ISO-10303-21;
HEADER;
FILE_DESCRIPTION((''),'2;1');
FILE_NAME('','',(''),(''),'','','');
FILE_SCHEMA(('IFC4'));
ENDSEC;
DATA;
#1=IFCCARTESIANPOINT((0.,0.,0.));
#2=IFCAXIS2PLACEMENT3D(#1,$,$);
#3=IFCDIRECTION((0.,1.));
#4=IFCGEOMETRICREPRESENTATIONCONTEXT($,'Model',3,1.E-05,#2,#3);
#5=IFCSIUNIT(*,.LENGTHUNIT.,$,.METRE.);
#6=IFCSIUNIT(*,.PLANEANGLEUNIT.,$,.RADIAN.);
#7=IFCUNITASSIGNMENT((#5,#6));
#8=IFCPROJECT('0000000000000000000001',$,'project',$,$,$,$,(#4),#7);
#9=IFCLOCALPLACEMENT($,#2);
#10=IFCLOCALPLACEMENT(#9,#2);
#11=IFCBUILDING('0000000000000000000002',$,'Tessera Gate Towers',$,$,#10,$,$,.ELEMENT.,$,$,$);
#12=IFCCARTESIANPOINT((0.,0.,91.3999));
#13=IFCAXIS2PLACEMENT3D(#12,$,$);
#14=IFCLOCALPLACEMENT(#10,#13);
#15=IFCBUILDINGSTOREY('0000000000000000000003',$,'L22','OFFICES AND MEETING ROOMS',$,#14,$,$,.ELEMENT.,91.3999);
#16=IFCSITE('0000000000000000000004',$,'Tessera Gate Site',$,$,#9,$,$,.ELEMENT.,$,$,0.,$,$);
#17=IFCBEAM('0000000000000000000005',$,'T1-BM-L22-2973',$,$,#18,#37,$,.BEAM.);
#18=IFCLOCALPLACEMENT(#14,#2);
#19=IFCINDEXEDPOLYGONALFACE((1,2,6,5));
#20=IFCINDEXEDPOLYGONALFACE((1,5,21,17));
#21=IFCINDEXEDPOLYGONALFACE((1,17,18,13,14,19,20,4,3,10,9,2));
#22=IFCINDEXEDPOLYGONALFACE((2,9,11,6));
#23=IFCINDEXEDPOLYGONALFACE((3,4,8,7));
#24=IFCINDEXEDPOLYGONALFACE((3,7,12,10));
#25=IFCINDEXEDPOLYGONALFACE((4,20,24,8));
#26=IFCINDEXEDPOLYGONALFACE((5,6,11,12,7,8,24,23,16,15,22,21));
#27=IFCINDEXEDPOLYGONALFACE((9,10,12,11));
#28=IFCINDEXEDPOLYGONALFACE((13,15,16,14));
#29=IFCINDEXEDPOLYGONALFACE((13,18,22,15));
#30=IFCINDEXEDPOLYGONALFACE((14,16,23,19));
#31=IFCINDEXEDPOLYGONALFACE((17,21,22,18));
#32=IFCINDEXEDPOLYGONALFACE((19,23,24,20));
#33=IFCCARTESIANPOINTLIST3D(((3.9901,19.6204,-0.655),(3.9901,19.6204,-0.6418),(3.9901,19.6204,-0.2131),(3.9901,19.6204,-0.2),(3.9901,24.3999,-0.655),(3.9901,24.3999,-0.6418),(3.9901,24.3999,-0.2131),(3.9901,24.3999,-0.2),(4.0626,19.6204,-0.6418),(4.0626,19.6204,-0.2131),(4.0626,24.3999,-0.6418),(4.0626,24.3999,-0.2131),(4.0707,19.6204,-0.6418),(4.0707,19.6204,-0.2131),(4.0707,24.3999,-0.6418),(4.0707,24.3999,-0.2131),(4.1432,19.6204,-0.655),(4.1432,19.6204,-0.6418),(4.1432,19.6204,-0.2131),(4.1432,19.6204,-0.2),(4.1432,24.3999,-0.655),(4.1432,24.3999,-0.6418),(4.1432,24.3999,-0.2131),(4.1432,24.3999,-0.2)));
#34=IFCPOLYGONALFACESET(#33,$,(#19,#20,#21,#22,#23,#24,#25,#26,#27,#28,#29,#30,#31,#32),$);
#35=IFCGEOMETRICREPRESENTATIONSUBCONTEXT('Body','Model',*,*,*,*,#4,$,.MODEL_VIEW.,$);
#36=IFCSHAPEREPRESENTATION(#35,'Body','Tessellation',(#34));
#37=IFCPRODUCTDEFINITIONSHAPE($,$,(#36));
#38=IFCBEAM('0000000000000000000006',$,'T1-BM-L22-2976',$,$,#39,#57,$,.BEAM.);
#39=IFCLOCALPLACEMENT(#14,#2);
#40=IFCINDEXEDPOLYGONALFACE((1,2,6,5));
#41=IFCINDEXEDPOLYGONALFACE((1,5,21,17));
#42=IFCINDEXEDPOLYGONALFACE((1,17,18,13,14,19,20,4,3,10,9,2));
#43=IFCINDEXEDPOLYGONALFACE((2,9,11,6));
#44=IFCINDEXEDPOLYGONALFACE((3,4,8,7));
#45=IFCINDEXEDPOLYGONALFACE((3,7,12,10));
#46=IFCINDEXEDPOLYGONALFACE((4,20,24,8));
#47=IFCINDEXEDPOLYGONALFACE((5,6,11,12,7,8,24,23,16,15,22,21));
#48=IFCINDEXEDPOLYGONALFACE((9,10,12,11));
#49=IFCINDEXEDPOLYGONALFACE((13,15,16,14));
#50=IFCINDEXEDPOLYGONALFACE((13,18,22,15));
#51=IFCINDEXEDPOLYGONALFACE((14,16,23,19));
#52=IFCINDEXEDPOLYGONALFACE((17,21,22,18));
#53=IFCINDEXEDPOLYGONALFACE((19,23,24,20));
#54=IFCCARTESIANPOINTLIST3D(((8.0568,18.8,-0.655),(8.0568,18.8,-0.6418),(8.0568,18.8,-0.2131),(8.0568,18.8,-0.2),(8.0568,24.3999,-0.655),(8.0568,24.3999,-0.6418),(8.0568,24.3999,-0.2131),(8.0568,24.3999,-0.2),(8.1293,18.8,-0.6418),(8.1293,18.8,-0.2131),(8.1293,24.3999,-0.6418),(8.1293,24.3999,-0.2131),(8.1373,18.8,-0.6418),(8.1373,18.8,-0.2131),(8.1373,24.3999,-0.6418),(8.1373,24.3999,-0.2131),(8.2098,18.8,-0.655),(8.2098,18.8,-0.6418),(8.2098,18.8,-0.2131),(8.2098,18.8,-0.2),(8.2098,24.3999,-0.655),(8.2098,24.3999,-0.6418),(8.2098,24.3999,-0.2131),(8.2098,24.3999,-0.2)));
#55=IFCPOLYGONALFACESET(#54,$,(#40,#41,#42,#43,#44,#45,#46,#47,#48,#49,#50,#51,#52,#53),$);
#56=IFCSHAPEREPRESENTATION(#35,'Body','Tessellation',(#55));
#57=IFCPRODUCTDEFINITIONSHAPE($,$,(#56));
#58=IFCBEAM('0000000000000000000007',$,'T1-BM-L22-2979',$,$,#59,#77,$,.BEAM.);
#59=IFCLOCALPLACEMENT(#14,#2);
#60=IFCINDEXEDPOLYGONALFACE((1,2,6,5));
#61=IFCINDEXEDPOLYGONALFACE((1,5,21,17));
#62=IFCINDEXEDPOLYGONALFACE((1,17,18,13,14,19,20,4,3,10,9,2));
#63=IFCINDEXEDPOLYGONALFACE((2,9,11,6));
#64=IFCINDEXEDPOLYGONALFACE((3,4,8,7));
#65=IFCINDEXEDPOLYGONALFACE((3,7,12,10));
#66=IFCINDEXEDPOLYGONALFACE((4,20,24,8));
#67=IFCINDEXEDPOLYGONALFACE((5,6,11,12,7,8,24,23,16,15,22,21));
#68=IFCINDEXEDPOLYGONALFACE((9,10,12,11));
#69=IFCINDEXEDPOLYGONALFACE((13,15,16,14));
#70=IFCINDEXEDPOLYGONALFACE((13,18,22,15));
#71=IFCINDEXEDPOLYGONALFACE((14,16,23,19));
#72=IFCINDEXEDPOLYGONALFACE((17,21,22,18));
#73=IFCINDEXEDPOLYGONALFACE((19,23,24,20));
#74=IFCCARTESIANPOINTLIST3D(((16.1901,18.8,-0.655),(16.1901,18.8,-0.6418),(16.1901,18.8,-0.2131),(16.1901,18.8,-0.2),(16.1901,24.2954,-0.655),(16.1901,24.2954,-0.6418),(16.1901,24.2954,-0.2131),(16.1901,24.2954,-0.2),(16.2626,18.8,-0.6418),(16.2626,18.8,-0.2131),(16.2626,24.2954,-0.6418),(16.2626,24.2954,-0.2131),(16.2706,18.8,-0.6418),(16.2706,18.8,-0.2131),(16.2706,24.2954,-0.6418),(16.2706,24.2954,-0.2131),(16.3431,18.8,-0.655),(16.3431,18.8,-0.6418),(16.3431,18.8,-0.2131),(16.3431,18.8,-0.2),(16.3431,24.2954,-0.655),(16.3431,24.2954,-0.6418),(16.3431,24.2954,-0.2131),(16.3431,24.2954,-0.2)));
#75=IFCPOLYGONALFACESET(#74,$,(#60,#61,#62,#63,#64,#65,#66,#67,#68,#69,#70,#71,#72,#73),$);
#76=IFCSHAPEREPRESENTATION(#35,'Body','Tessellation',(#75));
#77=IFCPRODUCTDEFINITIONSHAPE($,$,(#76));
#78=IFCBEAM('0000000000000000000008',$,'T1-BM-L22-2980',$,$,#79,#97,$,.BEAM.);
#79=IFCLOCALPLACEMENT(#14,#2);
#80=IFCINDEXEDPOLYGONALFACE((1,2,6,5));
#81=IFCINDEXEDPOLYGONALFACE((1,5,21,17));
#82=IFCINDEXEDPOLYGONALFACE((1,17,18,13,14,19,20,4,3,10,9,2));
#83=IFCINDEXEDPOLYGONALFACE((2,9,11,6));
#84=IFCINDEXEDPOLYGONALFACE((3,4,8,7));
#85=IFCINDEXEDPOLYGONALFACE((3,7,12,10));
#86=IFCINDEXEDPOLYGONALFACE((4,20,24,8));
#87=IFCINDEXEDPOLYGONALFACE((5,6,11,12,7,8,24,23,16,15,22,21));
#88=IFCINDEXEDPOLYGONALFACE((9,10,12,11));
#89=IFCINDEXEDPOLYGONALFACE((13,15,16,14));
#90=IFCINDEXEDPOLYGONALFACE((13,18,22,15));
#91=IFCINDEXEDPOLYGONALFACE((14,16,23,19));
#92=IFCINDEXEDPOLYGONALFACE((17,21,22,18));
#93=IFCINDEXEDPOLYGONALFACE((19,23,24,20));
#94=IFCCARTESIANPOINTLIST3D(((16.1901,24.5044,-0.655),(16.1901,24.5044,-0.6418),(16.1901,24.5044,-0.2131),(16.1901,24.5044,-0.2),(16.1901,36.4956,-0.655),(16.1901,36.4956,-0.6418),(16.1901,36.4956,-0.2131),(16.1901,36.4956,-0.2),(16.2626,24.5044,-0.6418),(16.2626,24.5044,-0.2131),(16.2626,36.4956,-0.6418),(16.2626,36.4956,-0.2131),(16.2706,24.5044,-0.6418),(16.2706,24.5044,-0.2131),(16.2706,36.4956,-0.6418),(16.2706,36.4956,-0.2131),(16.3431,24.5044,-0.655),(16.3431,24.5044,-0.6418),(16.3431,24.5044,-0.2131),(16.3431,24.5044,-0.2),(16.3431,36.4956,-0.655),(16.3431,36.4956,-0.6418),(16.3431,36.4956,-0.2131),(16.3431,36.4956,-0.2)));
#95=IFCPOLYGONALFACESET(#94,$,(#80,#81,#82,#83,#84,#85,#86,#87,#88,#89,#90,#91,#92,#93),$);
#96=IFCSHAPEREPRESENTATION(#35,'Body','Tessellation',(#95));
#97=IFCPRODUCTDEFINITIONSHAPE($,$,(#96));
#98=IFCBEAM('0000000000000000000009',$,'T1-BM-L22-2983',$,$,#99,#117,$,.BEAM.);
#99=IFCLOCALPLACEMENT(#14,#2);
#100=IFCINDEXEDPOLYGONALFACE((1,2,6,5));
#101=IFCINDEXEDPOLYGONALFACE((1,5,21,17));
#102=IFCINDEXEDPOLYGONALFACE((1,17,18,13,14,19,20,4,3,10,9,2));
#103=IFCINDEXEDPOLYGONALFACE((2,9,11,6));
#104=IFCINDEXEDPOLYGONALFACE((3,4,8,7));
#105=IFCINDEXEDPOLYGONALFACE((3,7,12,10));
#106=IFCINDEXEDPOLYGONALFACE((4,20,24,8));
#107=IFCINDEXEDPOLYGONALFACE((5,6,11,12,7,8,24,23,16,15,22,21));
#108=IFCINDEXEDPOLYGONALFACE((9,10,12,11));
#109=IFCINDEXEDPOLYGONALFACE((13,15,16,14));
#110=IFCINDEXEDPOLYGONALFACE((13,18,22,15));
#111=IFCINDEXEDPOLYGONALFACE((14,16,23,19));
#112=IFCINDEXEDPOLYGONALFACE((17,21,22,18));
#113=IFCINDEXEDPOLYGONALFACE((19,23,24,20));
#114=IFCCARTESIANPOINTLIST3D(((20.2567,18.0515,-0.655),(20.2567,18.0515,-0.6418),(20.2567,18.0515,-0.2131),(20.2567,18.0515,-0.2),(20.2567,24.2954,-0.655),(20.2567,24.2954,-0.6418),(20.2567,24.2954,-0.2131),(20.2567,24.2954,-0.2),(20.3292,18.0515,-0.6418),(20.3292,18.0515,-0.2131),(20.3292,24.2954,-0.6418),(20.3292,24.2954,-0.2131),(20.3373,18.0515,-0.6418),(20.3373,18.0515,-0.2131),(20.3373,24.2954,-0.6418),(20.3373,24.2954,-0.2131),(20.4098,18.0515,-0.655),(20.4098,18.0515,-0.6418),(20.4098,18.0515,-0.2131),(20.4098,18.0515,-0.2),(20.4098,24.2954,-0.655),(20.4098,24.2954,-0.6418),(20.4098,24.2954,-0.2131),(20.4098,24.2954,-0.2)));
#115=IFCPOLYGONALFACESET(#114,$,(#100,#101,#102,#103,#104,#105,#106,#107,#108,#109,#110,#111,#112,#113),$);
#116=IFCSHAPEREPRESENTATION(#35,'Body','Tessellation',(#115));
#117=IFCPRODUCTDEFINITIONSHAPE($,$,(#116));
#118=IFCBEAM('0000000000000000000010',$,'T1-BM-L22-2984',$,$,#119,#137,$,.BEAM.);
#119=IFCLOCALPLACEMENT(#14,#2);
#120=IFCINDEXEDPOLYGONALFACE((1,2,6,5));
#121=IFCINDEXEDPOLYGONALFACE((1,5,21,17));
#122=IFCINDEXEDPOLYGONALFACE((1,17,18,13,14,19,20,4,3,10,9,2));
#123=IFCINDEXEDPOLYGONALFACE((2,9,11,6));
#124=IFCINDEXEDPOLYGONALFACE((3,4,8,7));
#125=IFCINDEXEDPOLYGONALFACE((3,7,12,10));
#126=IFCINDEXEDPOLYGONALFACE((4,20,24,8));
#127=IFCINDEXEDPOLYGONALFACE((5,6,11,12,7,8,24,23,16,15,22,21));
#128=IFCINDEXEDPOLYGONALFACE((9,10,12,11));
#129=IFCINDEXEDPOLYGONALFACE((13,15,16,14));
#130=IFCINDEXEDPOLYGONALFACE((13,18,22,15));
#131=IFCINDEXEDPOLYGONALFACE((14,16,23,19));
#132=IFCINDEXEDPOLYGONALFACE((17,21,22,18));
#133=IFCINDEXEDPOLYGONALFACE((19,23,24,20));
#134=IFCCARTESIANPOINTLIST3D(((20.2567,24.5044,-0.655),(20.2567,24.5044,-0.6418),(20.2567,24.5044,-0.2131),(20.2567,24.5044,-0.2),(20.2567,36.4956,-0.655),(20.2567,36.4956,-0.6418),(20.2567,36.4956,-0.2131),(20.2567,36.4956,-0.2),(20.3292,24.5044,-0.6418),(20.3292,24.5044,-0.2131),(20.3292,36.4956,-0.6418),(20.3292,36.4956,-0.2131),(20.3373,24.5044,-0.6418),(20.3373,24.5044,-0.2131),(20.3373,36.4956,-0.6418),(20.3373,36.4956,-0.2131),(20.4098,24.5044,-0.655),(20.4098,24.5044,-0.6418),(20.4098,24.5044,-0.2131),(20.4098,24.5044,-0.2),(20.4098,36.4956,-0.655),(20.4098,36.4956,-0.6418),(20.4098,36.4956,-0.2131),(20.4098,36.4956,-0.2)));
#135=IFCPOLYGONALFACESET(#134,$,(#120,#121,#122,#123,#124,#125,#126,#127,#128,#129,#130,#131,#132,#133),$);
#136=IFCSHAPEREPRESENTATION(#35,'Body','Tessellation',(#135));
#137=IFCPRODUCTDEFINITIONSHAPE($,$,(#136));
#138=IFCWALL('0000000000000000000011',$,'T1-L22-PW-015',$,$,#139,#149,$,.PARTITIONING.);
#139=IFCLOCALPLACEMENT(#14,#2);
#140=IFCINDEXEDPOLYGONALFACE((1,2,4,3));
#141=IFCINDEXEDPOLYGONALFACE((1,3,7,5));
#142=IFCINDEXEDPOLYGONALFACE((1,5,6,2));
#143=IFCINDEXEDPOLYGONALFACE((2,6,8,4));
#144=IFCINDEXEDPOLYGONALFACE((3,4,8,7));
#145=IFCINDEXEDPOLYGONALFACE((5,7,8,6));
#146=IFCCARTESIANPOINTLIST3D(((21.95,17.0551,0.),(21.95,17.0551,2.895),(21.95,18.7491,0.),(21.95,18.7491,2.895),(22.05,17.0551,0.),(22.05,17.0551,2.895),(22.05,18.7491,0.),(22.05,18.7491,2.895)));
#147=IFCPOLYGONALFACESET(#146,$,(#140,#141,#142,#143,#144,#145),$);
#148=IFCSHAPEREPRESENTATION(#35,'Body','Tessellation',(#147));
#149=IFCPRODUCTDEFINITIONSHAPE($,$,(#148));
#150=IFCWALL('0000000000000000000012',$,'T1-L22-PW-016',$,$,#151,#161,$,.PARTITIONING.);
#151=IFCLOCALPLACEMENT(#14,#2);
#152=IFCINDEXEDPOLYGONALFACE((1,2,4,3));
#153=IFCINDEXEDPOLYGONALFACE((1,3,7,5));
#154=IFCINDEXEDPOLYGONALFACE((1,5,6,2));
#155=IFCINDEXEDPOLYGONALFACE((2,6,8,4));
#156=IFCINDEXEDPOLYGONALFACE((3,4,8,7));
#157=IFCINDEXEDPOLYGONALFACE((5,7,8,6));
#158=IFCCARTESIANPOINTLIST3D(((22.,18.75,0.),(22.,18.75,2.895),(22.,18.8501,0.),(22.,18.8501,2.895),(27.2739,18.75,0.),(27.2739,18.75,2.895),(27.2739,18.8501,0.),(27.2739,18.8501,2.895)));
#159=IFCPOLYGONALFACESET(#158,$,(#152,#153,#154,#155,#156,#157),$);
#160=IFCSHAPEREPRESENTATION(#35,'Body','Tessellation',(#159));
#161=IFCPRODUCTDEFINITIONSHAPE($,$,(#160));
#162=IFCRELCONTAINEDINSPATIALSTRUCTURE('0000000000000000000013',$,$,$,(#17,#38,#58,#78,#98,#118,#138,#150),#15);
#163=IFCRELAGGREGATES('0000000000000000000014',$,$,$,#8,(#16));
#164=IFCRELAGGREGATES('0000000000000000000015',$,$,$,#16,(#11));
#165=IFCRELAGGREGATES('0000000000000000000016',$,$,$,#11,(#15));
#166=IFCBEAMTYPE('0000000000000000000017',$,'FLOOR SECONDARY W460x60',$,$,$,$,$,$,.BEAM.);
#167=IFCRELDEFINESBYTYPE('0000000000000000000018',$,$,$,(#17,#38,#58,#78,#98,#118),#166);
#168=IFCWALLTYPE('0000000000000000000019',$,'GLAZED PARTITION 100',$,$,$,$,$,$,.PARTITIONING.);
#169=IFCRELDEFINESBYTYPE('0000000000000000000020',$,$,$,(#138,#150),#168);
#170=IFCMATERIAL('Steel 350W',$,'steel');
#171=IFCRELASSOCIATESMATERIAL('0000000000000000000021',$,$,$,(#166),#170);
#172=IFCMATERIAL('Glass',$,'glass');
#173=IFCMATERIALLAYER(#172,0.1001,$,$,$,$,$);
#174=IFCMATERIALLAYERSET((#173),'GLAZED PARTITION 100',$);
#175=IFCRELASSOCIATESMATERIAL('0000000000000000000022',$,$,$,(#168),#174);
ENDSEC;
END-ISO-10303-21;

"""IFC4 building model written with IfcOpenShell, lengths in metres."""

from ifc_helpers import new_model, si_unit, direction, frame, frame_2d, origin, origin_2d, place, context, subcontext, project, spatial, rectangle, i_section, extrude, material, layer, layer_set, material_profile, profile_set, type_object, element, save


model = new_model("IFC4")

# Units and contexts
model_context = context("Model", 3, precision=1e-05, world=origin(), true_north=direction((0.0, 1.0)))
body_context = subcontext(model_context, "Body", "Model", "MODEL_VIEW")
ifc_project = project(units=[si_unit("LENGTHUNIT", "METRE"), si_unit("PLANEANGLEUNIT", "RADIAN")], contexts=[model_context])

# Site, building, storey
site_placement = place(None, origin())
site = spatial("IfcSite", under=ifc_project, at=site_placement, Name="Tessera Gate Site", CompositionType="ELEMENT", RefElevation=0.0)
building_placement = place(site_placement, origin())
building = spatial("IfcBuilding", under=site, at=building_placement, Name="Tessera Gate Towers", CompositionType="ELEMENT")
storey_placement = place(building_placement, frame((0.0, 0.0, 91.3999)))
storey = spatial("IfcBuildingStorey", under=building, at=storey_placement, Name="L22", Description="OFFICES AND MEETING ROOMS", CompositionType="ELEMENT", Elevation=91.3999)

# Beams
ifc_material_1 = material(Name="Steel 350W", Category="steel")
ifc_material_profile_1 = material_profile(ifc_material_1, i_section(OverallWidth=0.1531, OverallDepth=0.4551, WebThickness=0.0081, FlangeThickness=0.0132, at=origin_2d()), Name="W460x60")
ifc_profile_set_1 = profile_set([ifc_material_profile_1], Name="Steel 350W")
beam_type_1 = type_object("IfcBeamType", Name="FLOOR SECONDARY W460x60", PredefinedType="BEAM", material=ifc_profile_set_1)
beam_1_placement = place(storey_placement, frame((4.0667, 19.6204, -0.4275), z_axis=(0.0, 1.0, 0.0), x_axis=(-1.0, 0.0, 0.0)))
element("IfcBeam", 1, at=beam_1_placement, inside=storey, type_object=beam_type_1, Name="T1-BM-L22-2973", PredefinedType="BEAM", context=body_context, shape_type="SweptSolid", body=[
    extrude(i_section(OverallWidth=0.1531, OverallDepth=0.4551, WebThickness=0.0081, FlangeThickness=0.0132, at=origin_2d()), origin(), (0.0, 0.0, 1.0), 4.7795),
])
beam_2_placement = place(storey_placement, frame((8.1333, 18.8, -0.4275), z_axis=(0.0, 1.0, 0.0), x_axis=(-1.0, 0.0, 0.0)))
element("IfcBeam", 2, at=beam_2_placement, inside=storey, type_object=beam_type_1, Name="T1-BM-L22-2976", PredefinedType="BEAM", context=body_context, shape_type="SweptSolid", body=[
    extrude(i_section(OverallWidth=0.1531, OverallDepth=0.4551, WebThickness=0.0081, FlangeThickness=0.0132, at=origin_2d()), origin(), (0.0, 0.0, 1.0), 5.5999),
])
beam_3_placement = place(storey_placement, frame((16.2666, 18.8, -0.4275), z_axis=(0.0, 1.0, 0.0), x_axis=(-1.0, 0.0, 0.0)))
element("IfcBeam", 3, at=beam_3_placement, inside=storey, type_object=beam_type_1, Name="T1-BM-L22-2979", PredefinedType="BEAM", context=body_context, shape_type="SweptSolid", body=[
    extrude(i_section(OverallWidth=0.1531, OverallDepth=0.4551, WebThickness=0.0081, FlangeThickness=0.0132, at=origin_2d()), origin(), (0.0, 0.0, 1.0), 5.4954),
])
beam_4_placement = place(storey_placement, frame((16.2666, 24.5044, -0.4275), z_axis=(0.0, 1.0, 0.0), x_axis=(-1.0, 0.0, 0.0)))
element("IfcBeam", 4, at=beam_4_placement, inside=storey, type_object=beam_type_1, Name="T1-BM-L22-2980", PredefinedType="BEAM", context=body_context, shape_type="SweptSolid", body=[
    extrude(i_section(OverallWidth=0.1531, OverallDepth=0.4551, WebThickness=0.0081, FlangeThickness=0.0132, at=origin_2d()), origin(), (0.0, 0.0, 1.0), 11.9912),
])
beam_5_placement = place(storey_placement, frame((20.3333, 18.0515, -0.4275), z_axis=(0.0, 1.0, 0.0), x_axis=(-1.0, 0.0, 0.0)))
element("IfcBeam", 5, at=beam_5_placement, inside=storey, type_object=beam_type_1, Name="T1-BM-L22-2983", PredefinedType="BEAM", context=body_context, shape_type="SweptSolid", body=[
    extrude(i_section(OverallWidth=0.1531, OverallDepth=0.4551, WebThickness=0.0081, FlangeThickness=0.0132, at=origin_2d()), origin(), (0.0, 0.0, 1.0), 6.2439),
])
beam_6_placement = place(storey_placement, frame((20.3333, 24.5044, -0.4275), z_axis=(0.0, 1.0, 0.0), x_axis=(-1.0, 0.0, 0.0)))
element("IfcBeam", 6, at=beam_6_placement, inside=storey, type_object=beam_type_1, Name="T1-BM-L22-2984", PredefinedType="BEAM", context=body_context, shape_type="SweptSolid", body=[
    extrude(i_section(OverallWidth=0.1531, OverallDepth=0.4551, WebThickness=0.0081, FlangeThickness=0.0132, at=origin_2d()), origin(), (0.0, 0.0, 1.0), 11.9912),
])

# Walls
ifc_material_2 = material(Name="Glass", Category="glass")
ifc_layer_1 = layer(ifc_material_2, 0.1001)
ifc_layer_set_1 = layer_set([ifc_layer_1], Name="GLAZED PARTITION 100")
wall_type_1 = type_object("IfcWallType", Name="GLAZED PARTITION 100", PredefinedType="PARTITIONING", material=ifc_layer_set_1)
wall_1_placement = place(storey_placement, frame((22.0, 17.0549, 0.0), z_axis=(0.0, 0.0, 1.0), x_axis=(0.0, 1.0, 0.0)))
element("IfcWall", 7, at=wall_1_placement, inside=storey, type_object=wall_type_1, Name="T1-L22-PW-015", PredefinedType="PARTITIONING", context=body_context, shape_type="SweptSolid", body=[
    extrude(rectangle(XDim=1.6941, YDim=0.1001, at=frame_2d((0.8472, 0.0))), origin(), (0.0, 0.0, 1.0), 2.895),
])
wall_2_placement = place(storey_placement, frame((22.0, 18.8, 0.0), z_axis=(0.0, 0.0, 1.0), x_axis=(1.0, 0.0, 0.0)))
element("IfcWall", 8, at=wall_2_placement, inside=storey, type_object=wall_type_1, Name="T1-L22-PW-016", PredefinedType="PARTITIONING", context=body_context, shape_type="SweptSolid", body=[
    extrude(rectangle(XDim=5.2739, YDim=0.1001, at=frame_2d((2.637, 0.0))), origin(), (0.0, 0.0, 1.0), 2.895),
])

save(model, "model.ifc")
